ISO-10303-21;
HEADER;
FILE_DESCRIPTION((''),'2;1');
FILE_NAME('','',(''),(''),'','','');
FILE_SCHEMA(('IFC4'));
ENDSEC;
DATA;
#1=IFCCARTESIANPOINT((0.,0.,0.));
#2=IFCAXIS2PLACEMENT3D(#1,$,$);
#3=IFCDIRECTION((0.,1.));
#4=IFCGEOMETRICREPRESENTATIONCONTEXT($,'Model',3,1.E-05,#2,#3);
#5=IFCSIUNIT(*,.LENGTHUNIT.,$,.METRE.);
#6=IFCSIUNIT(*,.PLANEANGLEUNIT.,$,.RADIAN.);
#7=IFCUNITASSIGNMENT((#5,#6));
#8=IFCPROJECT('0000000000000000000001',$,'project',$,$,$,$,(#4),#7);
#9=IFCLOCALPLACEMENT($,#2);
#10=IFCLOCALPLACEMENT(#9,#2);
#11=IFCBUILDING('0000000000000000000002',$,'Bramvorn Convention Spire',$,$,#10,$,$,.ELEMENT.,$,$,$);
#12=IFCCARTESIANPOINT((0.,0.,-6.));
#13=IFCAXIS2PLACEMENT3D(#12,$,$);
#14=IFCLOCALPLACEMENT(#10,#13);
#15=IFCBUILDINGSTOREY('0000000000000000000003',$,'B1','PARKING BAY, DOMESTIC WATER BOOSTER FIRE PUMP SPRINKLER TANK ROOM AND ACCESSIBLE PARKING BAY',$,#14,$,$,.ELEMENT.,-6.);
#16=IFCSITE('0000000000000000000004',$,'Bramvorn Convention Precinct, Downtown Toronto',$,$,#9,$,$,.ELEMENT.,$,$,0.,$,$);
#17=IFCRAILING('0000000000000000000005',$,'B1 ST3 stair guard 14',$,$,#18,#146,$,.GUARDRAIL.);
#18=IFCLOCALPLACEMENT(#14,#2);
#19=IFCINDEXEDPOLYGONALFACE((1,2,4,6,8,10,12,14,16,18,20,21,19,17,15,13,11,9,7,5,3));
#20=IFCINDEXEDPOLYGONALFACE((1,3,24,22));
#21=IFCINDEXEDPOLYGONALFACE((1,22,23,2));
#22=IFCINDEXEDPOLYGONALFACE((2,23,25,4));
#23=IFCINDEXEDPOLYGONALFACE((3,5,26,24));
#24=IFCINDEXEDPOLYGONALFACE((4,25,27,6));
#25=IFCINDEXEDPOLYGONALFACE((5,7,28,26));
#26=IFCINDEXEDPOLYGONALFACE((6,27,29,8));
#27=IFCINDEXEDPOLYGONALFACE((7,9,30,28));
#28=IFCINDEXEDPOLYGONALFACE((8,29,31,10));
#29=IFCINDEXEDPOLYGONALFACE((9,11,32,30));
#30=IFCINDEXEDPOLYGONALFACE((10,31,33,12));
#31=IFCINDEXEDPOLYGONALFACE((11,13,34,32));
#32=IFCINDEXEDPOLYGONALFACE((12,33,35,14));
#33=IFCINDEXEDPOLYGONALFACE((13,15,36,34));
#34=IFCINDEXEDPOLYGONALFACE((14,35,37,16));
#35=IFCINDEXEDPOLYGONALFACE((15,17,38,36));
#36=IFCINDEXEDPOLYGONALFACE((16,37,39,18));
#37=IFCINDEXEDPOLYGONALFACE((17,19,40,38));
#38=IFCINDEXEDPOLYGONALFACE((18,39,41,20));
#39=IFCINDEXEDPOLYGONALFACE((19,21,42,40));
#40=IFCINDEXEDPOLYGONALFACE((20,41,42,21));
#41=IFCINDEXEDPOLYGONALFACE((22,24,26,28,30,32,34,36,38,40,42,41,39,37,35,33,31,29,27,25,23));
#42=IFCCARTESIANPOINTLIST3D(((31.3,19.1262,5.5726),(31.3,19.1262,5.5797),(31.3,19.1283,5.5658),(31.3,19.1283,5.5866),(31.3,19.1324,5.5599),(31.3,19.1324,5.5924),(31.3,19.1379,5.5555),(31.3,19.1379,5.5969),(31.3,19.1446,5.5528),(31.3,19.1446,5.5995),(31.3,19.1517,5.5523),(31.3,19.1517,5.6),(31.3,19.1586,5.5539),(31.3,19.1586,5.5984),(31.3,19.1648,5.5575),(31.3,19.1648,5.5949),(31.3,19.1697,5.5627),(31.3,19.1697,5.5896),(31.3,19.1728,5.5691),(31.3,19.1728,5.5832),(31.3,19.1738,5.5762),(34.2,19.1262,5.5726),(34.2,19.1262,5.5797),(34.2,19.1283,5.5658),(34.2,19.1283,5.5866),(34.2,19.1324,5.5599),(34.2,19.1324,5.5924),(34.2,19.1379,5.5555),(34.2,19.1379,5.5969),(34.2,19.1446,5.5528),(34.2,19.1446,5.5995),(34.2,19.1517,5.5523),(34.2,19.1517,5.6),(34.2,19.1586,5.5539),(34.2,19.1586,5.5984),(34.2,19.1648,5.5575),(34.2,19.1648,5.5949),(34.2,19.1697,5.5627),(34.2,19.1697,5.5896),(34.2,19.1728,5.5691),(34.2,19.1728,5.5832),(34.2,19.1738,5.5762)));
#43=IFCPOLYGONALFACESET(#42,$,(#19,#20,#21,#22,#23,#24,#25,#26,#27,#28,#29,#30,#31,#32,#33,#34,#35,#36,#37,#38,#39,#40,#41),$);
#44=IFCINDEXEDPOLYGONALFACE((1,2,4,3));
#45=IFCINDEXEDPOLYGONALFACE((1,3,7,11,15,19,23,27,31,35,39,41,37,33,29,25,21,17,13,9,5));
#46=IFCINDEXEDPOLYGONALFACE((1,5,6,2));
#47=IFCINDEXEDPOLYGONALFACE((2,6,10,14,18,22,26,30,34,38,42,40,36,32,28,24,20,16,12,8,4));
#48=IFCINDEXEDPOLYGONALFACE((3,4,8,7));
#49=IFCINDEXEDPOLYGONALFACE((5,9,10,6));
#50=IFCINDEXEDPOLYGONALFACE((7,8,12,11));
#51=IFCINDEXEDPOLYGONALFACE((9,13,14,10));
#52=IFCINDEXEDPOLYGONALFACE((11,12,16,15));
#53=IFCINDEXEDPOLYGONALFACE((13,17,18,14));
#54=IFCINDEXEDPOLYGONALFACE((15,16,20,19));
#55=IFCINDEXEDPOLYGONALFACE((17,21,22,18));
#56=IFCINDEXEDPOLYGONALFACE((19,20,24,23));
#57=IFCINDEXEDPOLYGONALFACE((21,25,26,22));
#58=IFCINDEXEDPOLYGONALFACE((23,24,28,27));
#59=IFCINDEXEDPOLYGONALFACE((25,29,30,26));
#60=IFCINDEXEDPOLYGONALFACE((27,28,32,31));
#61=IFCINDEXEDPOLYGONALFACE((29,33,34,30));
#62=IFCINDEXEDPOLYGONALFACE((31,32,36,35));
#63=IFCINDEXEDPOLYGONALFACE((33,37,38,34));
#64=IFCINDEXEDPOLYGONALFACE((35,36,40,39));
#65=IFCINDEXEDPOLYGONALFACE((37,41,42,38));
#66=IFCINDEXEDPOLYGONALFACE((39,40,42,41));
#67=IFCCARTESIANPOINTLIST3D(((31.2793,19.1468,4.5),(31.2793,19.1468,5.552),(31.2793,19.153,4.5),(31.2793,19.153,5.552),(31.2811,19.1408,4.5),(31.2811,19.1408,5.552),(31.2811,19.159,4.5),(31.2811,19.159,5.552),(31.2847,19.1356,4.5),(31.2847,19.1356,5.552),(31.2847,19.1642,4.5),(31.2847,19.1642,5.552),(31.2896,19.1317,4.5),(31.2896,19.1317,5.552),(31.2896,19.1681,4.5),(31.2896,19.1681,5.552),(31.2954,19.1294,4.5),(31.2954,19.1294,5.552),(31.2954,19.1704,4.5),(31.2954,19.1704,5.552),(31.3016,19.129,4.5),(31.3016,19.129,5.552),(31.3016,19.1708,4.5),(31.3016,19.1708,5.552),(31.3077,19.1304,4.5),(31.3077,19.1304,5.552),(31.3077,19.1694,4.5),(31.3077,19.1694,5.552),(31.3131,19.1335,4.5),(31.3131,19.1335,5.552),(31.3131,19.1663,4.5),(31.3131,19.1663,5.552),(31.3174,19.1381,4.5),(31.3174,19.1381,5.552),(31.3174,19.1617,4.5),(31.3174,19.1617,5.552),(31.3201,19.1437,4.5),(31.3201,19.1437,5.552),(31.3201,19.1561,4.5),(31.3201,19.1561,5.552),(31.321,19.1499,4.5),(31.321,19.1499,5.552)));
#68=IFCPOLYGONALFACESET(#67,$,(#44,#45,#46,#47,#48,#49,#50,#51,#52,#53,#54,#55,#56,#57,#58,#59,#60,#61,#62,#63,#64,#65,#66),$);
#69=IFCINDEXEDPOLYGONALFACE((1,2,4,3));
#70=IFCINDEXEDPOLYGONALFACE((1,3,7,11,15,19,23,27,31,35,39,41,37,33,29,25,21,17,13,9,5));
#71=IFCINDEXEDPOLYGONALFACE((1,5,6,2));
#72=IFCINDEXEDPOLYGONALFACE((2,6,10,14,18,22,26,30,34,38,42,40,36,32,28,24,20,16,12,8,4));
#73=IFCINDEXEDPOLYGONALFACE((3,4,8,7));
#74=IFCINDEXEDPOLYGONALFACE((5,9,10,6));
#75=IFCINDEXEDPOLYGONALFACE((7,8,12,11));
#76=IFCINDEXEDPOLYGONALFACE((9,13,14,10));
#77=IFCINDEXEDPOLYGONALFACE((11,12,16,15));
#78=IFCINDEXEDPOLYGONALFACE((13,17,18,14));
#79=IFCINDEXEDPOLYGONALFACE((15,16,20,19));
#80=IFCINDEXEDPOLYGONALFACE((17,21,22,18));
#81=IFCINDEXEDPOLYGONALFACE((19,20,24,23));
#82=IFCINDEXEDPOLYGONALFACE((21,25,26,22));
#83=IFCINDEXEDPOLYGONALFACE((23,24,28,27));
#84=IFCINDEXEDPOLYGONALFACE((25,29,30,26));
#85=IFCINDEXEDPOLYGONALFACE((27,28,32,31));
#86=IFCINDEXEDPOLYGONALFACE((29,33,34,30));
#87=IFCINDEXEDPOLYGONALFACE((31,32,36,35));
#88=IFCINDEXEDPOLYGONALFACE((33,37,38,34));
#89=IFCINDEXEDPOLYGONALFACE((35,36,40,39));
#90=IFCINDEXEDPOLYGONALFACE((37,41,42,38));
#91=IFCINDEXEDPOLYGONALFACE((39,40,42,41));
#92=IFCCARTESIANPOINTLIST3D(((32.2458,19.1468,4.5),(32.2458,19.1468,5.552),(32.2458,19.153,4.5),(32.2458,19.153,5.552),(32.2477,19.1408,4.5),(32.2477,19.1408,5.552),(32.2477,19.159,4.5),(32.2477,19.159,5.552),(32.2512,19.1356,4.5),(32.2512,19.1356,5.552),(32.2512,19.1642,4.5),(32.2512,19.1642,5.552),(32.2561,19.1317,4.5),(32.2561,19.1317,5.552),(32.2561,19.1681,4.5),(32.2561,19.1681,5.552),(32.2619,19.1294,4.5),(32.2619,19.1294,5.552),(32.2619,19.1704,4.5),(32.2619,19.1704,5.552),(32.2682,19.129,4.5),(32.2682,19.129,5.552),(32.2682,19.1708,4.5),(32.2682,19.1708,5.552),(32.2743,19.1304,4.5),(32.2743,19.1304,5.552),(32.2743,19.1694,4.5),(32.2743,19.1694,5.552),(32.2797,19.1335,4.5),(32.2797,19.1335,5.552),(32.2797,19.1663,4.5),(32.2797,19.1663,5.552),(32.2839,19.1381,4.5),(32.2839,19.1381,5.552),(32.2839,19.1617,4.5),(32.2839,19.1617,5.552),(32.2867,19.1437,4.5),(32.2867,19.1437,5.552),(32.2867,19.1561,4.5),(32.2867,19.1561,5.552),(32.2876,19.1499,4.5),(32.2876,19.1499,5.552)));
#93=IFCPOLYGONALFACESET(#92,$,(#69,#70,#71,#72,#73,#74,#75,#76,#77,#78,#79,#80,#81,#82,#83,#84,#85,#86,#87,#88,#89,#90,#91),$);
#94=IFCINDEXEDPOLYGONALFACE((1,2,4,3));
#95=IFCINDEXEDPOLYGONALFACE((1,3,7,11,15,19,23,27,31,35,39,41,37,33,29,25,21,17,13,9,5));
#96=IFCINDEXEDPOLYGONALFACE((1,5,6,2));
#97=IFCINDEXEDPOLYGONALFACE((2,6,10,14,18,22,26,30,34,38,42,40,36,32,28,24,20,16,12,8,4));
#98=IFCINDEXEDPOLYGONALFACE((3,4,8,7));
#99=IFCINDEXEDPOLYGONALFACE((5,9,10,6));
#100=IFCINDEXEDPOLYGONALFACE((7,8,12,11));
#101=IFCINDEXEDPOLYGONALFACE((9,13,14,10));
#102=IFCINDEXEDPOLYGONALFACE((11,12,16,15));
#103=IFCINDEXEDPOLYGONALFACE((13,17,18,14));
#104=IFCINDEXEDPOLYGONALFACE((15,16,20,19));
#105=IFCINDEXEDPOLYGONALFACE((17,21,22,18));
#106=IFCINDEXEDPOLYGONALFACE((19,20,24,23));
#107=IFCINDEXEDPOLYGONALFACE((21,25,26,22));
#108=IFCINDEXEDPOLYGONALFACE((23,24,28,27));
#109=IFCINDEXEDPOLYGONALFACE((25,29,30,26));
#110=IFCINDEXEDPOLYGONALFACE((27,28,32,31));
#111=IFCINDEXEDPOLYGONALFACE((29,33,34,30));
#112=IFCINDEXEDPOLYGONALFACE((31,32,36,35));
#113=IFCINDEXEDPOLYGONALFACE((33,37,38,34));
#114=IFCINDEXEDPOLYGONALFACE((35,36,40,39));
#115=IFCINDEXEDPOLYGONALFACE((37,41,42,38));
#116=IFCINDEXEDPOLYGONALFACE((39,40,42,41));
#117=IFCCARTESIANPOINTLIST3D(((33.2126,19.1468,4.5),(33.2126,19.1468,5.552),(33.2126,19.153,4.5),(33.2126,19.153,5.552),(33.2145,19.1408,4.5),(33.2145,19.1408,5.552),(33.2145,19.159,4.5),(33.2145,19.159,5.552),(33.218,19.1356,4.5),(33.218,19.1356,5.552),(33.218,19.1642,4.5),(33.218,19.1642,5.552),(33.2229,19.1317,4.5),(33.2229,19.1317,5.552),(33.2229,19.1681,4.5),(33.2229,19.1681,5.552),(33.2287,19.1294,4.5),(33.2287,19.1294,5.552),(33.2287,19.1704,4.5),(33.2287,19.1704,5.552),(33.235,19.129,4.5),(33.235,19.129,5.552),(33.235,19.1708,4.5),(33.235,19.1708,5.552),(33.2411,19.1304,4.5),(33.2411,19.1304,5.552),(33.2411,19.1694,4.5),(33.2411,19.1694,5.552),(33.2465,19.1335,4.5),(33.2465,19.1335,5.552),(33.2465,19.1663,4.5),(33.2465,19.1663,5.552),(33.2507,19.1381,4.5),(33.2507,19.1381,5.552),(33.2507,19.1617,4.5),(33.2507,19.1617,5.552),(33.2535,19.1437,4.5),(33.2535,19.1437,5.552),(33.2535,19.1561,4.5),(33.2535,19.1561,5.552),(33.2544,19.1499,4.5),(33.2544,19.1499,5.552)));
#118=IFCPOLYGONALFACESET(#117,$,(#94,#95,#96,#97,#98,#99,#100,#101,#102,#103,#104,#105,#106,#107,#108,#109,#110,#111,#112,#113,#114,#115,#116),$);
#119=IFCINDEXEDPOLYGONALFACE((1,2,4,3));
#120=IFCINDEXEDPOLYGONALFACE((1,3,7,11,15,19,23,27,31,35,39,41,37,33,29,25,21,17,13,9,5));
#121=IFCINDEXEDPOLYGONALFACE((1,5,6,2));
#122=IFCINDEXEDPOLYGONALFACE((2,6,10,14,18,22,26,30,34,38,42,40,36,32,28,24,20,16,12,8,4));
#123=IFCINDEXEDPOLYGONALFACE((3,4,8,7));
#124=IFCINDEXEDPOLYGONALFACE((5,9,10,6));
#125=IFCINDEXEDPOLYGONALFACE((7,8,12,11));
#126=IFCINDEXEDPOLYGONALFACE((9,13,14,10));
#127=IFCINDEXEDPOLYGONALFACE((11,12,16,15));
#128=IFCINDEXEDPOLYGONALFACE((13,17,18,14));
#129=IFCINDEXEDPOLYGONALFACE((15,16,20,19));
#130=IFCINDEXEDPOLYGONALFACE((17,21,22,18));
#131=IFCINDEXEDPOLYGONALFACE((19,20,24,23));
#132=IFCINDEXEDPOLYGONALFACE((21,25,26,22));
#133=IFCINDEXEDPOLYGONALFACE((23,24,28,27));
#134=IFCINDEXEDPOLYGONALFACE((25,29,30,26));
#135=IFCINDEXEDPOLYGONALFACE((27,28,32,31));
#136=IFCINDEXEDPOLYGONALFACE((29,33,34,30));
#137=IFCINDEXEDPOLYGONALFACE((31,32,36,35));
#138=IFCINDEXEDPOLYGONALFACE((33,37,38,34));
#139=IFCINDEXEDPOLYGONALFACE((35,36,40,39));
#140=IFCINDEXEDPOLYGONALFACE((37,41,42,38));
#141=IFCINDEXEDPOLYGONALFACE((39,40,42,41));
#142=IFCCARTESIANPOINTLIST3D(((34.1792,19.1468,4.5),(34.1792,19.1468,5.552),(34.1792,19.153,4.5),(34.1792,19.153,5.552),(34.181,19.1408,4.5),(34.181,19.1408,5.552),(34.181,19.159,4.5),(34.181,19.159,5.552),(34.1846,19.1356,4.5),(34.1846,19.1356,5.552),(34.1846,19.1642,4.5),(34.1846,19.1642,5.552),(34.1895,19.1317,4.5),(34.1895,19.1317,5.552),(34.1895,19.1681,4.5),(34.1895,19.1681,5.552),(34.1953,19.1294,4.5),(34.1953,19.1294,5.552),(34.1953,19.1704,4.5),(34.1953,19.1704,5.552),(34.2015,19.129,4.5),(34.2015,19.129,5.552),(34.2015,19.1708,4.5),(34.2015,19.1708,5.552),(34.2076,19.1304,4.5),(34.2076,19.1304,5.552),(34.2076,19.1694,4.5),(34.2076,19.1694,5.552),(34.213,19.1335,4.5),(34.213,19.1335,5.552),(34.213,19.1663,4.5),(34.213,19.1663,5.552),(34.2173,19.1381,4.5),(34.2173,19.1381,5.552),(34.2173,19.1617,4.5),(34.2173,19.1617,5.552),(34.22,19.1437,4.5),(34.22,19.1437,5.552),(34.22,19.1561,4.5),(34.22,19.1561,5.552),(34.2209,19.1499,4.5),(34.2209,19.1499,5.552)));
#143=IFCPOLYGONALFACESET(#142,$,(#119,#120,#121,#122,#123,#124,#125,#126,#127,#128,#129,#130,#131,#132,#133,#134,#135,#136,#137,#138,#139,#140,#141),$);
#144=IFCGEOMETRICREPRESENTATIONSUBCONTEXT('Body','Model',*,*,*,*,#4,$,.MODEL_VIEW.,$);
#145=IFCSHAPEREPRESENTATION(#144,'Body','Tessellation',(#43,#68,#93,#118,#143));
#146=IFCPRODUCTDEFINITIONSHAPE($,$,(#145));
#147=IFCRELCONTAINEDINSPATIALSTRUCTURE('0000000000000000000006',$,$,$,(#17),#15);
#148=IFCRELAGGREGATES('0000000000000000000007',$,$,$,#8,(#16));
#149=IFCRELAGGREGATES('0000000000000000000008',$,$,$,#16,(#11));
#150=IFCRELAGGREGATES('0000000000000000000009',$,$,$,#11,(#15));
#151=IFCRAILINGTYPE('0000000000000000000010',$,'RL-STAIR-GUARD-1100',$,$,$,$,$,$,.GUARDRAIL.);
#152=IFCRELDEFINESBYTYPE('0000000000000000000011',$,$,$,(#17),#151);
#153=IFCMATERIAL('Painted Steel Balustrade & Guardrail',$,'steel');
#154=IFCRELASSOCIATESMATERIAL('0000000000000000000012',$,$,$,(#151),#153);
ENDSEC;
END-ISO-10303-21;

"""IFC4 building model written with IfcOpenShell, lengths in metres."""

from ifc_helpers import new_model, si_unit, direction, frame, origin, origin_2d, place, context, subcontext, project, spatial, circle, extrude, material, type_object, element, save


model = new_model("IFC4")

# Units and contexts
model_context = context("Model", 3, precision=1e-05, world=origin(), true_north=direction((0.0, 1.0)))
body_context = subcontext(model_context, "Body", "Model", "MODEL_VIEW")
ifc_project = project(units=[si_unit("LENGTHUNIT", "METRE"), si_unit("PLANEANGLEUNIT", "RADIAN")], contexts=[model_context])

# Site, building, storey
site_placement = place(None, origin())
site = spatial("IfcSite", under=ifc_project, at=site_placement, Name="Bramvorn Convention Precinct, Downtown Toronto", CompositionType="ELEMENT", RefElevation=0.0)
building_placement = place(site_placement, origin())
building = spatial("IfcBuilding", under=site, at=building_placement, Name="Bramvorn Convention Spire", CompositionType="ELEMENT")
storey_placement = place(building_placement, frame((0.0, 0.0, -6.0)))
storey = spatial("IfcBuildingStorey", under=building, at=storey_placement, Name="B1", Description="PARKING BAY, DOMESTIC WATER BOOSTER FIRE PUMP SPRINKLER TANK ROOM AND ACCESSIBLE PARKING BAY", CompositionType="ELEMENT", Elevation=-6.0)

# Railing
ifc_material_1 = material(Name="Painted Steel Balustrade & Guardrail", Category="steel")
railing_type = type_object("IfcRailingType", Name="RL-STAIR-GUARD-1100", PredefinedType="GUARDRAIL", material=ifc_material_1)
for number, where, name in (
    (1, (31.3, 19.1499, 4.5), "B1 ST3 stair guard 14"),
):
    element("IfcRailing", number, at=place(storey_placement, frame(where)), inside=storey, type_object=railing_type, Name=name, PredefinedType="GUARDRAIL", context=body_context, shape_type="SweptSolid", body=[
        extrude(circle(Radius=0.0239, at=origin_2d()), frame((0.0, 0.0, 1.0762), z_axis=(1.0, 0.0, 0.0), x_axis=(0.0, 1.0, 0.0)), (0.0, 0.0, 1.0), 2.8999),
        extrude(circle(Radius=0.021, at=origin_2d()), origin(), (0.0, 0.0, 1.0), 1.052),
        extrude(circle(Radius=0.021, at=origin_2d()), frame((0.9666, 0.0, 0.0)), (0.0, 0.0, 1.0), 1.052),
        extrude(circle(Radius=0.021, at=origin_2d()), frame((1.9333, 0.0, 0.0)), (0.0, 0.0, 1.0), 1.052),
        extrude(circle(Radius=0.021, at=origin_2d()), frame((2.8999, 0.0, 0.0)), (0.0, 0.0, 1.0), 1.052),
    ])

save(model, "model.ifc")
